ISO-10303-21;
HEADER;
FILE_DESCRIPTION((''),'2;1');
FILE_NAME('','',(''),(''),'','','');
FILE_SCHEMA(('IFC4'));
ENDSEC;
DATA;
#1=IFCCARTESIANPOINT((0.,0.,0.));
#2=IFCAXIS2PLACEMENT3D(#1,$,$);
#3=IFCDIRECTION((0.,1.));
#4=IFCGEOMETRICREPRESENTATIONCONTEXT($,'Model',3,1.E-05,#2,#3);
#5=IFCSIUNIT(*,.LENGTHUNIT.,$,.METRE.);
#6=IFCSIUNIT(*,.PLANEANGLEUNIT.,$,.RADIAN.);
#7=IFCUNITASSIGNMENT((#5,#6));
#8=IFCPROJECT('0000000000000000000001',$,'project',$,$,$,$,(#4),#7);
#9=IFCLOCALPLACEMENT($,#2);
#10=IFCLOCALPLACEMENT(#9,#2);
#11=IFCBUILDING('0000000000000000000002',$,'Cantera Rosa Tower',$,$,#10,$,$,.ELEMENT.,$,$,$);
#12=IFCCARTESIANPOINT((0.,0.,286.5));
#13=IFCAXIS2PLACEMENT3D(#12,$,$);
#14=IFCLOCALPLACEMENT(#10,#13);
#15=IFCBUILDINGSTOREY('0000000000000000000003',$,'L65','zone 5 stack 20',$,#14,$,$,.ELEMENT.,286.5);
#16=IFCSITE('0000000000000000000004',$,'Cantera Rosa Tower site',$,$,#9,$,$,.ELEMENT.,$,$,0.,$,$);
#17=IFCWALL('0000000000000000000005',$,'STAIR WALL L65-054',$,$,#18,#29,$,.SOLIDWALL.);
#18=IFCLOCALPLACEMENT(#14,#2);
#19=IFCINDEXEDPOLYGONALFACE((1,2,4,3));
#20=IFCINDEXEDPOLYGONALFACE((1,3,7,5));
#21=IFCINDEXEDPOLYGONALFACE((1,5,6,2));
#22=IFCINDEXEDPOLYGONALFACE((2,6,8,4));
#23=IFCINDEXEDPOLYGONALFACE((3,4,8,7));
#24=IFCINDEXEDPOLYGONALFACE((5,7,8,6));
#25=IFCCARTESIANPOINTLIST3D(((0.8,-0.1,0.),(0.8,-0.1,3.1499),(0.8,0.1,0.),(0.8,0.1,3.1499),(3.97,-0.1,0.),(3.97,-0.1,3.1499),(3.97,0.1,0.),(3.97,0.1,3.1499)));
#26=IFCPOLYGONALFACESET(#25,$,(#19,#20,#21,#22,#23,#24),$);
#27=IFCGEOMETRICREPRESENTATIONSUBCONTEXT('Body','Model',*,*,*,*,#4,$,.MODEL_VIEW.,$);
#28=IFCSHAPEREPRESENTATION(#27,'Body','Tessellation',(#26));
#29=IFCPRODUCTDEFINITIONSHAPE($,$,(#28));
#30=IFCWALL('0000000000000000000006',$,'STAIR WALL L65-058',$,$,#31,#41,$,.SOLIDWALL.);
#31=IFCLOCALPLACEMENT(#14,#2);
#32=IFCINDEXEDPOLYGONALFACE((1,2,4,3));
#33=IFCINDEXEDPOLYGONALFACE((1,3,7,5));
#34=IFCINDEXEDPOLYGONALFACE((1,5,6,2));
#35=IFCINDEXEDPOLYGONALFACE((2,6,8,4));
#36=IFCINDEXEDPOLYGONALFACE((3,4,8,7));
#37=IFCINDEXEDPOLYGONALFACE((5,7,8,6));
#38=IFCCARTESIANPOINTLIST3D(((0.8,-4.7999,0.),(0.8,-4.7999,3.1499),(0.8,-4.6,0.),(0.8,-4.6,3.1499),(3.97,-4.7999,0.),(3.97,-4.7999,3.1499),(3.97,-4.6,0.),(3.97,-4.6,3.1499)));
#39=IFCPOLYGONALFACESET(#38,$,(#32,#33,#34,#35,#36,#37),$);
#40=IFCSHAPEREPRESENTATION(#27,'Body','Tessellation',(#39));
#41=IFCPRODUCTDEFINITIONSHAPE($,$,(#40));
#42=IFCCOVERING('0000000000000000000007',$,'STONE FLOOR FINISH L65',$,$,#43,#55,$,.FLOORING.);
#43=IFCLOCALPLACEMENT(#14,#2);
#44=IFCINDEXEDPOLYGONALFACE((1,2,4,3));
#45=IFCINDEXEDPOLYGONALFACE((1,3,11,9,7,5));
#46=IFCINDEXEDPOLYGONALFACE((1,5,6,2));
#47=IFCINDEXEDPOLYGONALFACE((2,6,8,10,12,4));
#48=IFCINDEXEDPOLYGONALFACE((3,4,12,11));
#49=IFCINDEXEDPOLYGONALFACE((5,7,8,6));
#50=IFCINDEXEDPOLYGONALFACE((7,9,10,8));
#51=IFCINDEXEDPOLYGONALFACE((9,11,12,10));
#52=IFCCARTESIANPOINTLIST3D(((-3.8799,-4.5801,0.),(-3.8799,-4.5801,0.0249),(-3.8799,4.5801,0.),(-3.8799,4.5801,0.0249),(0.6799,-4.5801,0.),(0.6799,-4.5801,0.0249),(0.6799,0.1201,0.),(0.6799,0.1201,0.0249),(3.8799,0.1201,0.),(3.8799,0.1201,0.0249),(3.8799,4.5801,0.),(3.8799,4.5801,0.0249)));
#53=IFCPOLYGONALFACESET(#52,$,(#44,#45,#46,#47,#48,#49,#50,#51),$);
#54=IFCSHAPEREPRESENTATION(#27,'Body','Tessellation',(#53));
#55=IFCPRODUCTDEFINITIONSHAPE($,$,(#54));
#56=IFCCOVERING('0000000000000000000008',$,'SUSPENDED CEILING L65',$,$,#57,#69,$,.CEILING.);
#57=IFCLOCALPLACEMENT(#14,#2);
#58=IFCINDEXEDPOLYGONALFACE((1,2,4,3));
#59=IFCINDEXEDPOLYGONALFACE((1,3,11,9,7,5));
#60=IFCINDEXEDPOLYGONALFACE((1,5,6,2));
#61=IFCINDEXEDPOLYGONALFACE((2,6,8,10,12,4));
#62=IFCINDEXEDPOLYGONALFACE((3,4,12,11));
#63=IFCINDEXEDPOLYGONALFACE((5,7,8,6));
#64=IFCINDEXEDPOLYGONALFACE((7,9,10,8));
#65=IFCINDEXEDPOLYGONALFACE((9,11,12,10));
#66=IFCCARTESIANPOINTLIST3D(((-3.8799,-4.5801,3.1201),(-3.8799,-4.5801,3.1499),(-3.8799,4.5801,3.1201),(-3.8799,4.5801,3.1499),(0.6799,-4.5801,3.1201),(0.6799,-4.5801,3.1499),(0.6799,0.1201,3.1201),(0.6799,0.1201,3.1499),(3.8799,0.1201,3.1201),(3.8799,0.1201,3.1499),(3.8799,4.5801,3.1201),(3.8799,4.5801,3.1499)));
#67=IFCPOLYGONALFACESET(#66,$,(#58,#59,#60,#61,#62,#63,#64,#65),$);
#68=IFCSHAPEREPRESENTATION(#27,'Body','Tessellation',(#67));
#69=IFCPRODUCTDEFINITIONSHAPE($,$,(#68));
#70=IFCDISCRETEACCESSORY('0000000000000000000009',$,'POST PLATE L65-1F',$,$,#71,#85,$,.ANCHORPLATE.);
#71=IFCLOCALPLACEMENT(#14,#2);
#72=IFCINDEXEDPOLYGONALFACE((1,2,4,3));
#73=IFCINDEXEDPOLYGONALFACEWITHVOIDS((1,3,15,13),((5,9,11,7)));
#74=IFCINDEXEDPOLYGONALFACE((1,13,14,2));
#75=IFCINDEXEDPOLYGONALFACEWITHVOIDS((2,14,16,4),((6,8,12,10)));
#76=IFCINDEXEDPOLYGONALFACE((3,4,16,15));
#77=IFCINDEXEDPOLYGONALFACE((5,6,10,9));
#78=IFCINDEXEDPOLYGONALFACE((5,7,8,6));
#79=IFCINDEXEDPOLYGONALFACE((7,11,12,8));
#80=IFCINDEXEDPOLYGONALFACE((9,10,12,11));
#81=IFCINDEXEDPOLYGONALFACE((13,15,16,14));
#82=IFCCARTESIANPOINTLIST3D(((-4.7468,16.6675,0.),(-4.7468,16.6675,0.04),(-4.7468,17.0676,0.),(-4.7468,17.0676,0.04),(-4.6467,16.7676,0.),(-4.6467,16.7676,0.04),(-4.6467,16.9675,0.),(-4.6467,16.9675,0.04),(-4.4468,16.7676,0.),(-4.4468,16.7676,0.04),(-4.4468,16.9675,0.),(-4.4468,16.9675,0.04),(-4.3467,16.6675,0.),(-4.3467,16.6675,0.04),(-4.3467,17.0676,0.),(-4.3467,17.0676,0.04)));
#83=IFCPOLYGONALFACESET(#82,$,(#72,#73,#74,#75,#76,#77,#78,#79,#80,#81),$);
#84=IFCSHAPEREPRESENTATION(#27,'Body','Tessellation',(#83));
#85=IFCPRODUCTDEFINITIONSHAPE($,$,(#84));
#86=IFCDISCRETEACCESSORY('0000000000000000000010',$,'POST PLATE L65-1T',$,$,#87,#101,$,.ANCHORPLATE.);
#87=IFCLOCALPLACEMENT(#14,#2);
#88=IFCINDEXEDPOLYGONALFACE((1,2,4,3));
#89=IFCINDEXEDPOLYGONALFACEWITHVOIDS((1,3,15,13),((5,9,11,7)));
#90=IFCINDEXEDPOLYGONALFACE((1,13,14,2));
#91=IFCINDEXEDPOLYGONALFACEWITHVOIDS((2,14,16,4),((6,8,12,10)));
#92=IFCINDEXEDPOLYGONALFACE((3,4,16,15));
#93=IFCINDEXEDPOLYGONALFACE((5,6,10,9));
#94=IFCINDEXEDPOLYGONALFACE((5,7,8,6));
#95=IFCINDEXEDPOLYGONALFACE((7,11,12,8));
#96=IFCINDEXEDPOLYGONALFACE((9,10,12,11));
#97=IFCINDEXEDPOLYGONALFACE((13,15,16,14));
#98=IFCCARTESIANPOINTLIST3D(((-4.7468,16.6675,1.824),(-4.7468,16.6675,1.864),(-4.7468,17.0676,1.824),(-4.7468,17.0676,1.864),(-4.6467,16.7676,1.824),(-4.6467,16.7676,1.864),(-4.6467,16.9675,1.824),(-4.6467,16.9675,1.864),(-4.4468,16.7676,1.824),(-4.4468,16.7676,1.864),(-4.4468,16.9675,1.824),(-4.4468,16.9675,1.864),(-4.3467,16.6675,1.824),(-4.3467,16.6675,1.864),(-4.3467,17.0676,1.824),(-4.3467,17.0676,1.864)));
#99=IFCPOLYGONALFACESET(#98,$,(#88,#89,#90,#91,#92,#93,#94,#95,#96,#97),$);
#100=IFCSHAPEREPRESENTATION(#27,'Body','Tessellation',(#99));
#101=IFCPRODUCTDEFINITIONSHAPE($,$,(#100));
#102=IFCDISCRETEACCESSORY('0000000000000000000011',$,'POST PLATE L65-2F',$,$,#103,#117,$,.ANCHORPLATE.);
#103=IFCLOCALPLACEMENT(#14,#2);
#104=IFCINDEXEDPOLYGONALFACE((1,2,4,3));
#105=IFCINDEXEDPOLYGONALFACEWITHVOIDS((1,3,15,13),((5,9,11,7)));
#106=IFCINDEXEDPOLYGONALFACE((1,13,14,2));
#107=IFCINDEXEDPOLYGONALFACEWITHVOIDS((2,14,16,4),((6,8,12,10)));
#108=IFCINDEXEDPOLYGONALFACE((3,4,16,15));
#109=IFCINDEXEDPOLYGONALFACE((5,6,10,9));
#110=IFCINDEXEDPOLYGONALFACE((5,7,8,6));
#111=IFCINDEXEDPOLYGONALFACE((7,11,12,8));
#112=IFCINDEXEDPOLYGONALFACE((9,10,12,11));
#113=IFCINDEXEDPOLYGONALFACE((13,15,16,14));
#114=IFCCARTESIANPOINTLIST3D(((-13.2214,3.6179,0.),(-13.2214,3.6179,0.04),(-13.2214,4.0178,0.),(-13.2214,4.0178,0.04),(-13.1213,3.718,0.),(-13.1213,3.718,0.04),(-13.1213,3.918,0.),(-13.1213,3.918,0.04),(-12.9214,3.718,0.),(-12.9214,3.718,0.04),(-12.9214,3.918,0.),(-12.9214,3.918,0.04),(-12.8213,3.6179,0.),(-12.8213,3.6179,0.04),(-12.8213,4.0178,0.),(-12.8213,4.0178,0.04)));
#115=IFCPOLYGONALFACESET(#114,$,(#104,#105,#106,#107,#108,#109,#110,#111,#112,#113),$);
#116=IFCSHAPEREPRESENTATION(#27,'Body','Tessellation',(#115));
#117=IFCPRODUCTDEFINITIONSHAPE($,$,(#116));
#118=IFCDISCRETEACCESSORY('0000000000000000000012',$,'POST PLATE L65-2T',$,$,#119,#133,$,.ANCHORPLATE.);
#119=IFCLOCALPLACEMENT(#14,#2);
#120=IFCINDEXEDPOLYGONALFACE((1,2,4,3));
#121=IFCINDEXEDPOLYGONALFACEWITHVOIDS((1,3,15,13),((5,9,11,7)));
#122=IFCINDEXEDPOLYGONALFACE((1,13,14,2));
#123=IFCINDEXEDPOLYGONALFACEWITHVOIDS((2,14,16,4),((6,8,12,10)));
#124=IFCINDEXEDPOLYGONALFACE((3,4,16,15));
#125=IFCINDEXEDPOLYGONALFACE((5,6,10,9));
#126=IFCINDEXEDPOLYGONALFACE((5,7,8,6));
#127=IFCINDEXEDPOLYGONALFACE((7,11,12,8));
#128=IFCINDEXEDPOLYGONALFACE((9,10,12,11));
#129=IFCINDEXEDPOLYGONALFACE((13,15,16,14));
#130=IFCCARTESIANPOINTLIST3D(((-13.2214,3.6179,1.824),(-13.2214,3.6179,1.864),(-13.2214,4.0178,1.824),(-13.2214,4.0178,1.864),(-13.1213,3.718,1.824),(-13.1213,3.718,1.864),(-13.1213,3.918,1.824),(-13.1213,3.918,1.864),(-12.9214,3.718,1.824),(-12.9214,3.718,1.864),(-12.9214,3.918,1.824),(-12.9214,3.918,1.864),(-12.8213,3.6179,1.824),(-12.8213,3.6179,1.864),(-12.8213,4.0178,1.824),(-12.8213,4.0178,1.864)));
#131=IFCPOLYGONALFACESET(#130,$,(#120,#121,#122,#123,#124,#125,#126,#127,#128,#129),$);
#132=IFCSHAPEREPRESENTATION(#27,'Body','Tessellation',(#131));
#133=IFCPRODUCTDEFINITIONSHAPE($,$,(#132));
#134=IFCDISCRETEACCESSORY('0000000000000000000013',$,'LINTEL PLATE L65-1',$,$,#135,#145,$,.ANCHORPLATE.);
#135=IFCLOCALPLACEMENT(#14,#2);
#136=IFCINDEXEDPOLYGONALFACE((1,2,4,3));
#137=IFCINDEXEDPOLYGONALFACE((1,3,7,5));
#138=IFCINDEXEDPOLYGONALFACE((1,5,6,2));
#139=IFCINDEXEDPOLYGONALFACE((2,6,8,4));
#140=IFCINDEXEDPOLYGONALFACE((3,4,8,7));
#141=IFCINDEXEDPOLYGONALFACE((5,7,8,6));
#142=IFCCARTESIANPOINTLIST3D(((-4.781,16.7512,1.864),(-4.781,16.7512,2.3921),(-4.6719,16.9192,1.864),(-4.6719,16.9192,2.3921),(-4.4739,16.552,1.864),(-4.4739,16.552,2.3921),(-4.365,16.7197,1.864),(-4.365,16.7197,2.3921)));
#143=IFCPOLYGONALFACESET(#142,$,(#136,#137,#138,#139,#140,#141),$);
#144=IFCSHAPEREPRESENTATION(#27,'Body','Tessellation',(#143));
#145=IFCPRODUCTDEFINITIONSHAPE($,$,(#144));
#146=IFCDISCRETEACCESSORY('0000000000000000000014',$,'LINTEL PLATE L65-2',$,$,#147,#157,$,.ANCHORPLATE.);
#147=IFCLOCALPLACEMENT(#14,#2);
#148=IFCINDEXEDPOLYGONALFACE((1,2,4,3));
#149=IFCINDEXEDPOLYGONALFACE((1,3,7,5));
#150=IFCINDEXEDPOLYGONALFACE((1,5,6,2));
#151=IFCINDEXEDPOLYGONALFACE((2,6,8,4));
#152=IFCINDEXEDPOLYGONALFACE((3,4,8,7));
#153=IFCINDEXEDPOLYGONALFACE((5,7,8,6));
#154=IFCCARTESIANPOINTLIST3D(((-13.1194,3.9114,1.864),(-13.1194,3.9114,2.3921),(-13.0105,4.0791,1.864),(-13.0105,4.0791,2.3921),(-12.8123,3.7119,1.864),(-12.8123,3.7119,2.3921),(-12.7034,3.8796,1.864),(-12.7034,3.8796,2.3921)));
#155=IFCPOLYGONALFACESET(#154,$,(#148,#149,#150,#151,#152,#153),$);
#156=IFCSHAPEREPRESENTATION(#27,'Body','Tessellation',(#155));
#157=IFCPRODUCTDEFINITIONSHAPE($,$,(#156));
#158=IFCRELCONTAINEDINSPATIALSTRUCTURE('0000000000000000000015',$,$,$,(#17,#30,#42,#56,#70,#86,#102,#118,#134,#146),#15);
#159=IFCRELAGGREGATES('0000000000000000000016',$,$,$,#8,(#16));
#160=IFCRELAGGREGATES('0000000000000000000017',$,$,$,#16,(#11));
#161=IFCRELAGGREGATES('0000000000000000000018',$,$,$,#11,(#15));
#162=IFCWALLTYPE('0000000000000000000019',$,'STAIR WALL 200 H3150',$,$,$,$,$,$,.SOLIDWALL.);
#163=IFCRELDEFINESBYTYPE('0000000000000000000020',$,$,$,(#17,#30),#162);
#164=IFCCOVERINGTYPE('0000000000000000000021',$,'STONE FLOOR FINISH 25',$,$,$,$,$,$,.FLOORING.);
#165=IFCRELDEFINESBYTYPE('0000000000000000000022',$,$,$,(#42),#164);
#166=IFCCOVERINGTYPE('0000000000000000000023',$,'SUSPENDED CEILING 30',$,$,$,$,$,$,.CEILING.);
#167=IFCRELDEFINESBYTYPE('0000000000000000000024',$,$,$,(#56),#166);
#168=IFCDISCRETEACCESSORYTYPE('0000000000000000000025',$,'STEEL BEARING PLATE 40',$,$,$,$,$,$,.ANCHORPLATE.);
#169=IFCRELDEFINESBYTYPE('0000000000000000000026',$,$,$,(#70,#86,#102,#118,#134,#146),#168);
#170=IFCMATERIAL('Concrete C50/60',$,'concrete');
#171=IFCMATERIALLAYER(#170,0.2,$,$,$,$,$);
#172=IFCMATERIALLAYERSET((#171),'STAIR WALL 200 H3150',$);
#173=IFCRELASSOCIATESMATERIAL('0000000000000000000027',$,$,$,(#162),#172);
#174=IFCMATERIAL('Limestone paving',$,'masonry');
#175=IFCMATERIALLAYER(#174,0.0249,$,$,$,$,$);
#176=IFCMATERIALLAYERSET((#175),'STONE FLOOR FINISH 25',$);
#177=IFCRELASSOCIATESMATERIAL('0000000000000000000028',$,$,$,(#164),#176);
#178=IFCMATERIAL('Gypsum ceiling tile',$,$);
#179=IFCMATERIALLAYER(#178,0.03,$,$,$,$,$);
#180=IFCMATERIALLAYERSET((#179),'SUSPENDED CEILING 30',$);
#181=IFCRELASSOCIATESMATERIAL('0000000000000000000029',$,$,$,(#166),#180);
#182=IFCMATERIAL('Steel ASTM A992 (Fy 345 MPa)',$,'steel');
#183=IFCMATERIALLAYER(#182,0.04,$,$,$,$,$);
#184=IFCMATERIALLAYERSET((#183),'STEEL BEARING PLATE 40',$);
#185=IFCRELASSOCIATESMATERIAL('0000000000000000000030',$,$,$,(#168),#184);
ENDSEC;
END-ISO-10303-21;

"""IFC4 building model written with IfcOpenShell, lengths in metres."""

from ifc_helpers import new_model, si_unit, direction, frame, frame_2d, origin, place, context, subcontext, project, spatial, polyline, rectangle, outline, extrude, material, layer, layer_set, type_object, element, save


model = new_model("IFC4")

# Units and contexts
model_context = context("Model", 3, precision=1e-05, world=origin(), true_north=direction((0.0, 1.0)))
body_context = subcontext(model_context, "Body", "Model", "MODEL_VIEW")
ifc_project = project(units=[si_unit("LENGTHUNIT", "METRE"), si_unit("PLANEANGLEUNIT", "RADIAN")], contexts=[model_context])

# Site, building, storey
site_placement = place(None, origin())
site = spatial("IfcSite", under=ifc_project, at=site_placement, Name="Cantera Rosa Tower site", CompositionType="ELEMENT", RefElevation=0.0)
building_placement = place(site_placement, origin())
building = spatial("IfcBuilding", under=site, at=building_placement, Name="Cantera Rosa Tower", CompositionType="ELEMENT")
storey_placement = place(building_placement, frame((0.0, 0.0, 286.5)))
storey = spatial("IfcBuildingStorey", under=building, at=storey_placement, Name="L65", Description="zone 5 stack 20", CompositionType="ELEMENT", Elevation=286.5)

# Shared definitions
ifc_material_1 = material(Name="Concrete C50/60", Category="concrete")
ifc_layer_1 = layer(ifc_material_1, 0.2)
ifc_layer_set_1 = layer_set([ifc_layer_1], Name="STAIR WALL 200 H3150")
wall_type_1 = type_object("IfcWallType", Name="STAIR WALL 200 H3150", PredefinedType="SOLIDWALL", material=ifc_layer_set_1)

# Walls
for number, where, z_axis, x_axis, name in (
    (1, (0.8, 0.0, 0.0), (0.0, 0.0, 1.0), (1.0, 0.0, 0.0), "STAIR WALL L65-054"),
    (2, (3.97, -4.7, 0.0), (0.0, 0.0, 1.0), (-1.0, 0.0, 0.0), "STAIR WALL L65-058"),
):
    element("IfcWall", number, at=place(storey_placement, frame(where, z_axis=z_axis, x_axis=x_axis)), inside=storey, type_object=wall_type_1, Name=name, PredefinedType="SOLIDWALL", context=body_context, shape_type="SweptSolid", body=[
        extrude(rectangle(XDim=3.1699, YDim=0.2, at=frame_2d((1.585, 0.0))), origin(), (0.0, 0.0, 1.0), 3.1499),
    ])

# Coverings
ifc_material_2 = material(Name="Limestone paving", Category="masonry")
ifc_layer_2 = layer(ifc_material_2, 0.0249)
ifc_layer_set_2 = layer_set([ifc_layer_2], Name="STONE FLOOR FINISH 25")
covering_type_1 = type_object("IfcCoveringType", Name="STONE FLOOR FINISH 25", PredefinedType="FLOORING", material=ifc_layer_set_2)
covering_1_placement = place(storey_placement, origin())
element("IfcCovering", 3, at=covering_1_placement, inside=storey, type_object=covering_type_1, Name="STONE FLOOR FINISH L65", PredefinedType="FLOORING", context=body_context, shape_type="SweptSolid", body=[
    extrude(outline(polyline([(3.8799, 4.5801), (3.8799, 0.1201), (0.6799, 0.1201), (0.6799, -4.5801), (-3.8799, -4.5801), (-3.8799, 4.5801), (3.8799, 4.5801)])), origin(), (0.0, 0.0, 1.0), 0.0249),
])
ifc_material_3 = material(Name="Gypsum ceiling tile")
ifc_layer_3 = layer(ifc_material_3, 0.03)
ifc_layer_set_3 = layer_set([ifc_layer_3], Name="SUSPENDED CEILING 30")
covering_type_2 = type_object("IfcCoveringType", Name="SUSPENDED CEILING 30", PredefinedType="CEILING", material=ifc_layer_set_3)
covering_2_placement = place(storey_placement, frame((0.0, 0.0, 3.1201)))
element("IfcCovering", 4, at=covering_2_placement, inside=storey, type_object=covering_type_2, Name="SUSPENDED CEILING L65", PredefinedType="CEILING", context=body_context, shape_type="SweptSolid", body=[
    extrude(outline(polyline([(3.8799, 4.5801), (3.8799, 0.1201), (0.6799, 0.1201), (0.6799, -4.5801), (-3.8799, -4.5801), (-3.8799, 4.5801), (3.8799, 4.5801)])), origin(), (0.0, 0.0, 1.0), 0.0298),
])

# Discrete accessories
ifc_material_4 = material(Name="Steel ASTM A992 (Fy 345 MPa)", Category="steel")
ifc_layer_4 = layer(ifc_material_4, 0.04)
ifc_layer_set_4 = layer_set([ifc_layer_4], Name="STEEL BEARING PLATE 40")
discrete_accessory_type = type_object("IfcDiscreteAccessoryType", Name="STEEL BEARING PLATE 40", PredefinedType="ANCHORPLATE", material=ifc_layer_set_4)
for number, where, name in (
    (5, (0.0, 0.0, 0.0), "POST PLATE L65-1F"),
    (6, (0.0, 0.0, 1.824), "POST PLATE L65-1T"),
):
    element("IfcDiscreteAccessory", number, at=place(storey_placement, frame(where)), inside=storey, type_object=discrete_accessory_type, Name=name, PredefinedType="ANCHORPLATE", context=body_context, shape_type="SweptSolid", body=[
        extrude(outline(polyline([(-4.7468, 16.6675), (-4.3467, 16.6675), (-4.3467, 17.0676), (-4.7468, 17.0676), (-4.7468, 16.6675)]), holes=[polyline([(-4.6467, 16.7676), (-4.4468, 16.7676), (-4.4468, 16.9675), (-4.6467, 16.9675), (-4.6467, 16.7676)])]), origin(), (0.0, 0.0, 1.0), 0.04),
    ])
for number, where, name in (
    (7, (0.0, 0.0, 0.0), "POST PLATE L65-2F"),
    (8, (0.0, 0.0, 1.824), "POST PLATE L65-2T"),
):
    element("IfcDiscreteAccessory", number, at=place(storey_placement, frame(where)), inside=storey, type_object=discrete_accessory_type, Name=name, PredefinedType="ANCHORPLATE", context=body_context, shape_type="SweptSolid", body=[
        extrude(outline(polyline([(-13.2214, 3.6179), (-12.8213, 3.6179), (-12.8213, 4.0178), (-13.2214, 4.0178), (-13.2214, 3.6179)]), holes=[polyline([(-13.1213, 3.718), (-12.9214, 3.718), (-12.9214, 3.918), (-13.1213, 3.918), (-13.1213, 3.718)])]), origin(), (0.0, 0.0, 1.0), 0.04),
    ])
discrete_accessory_1_placement = place(storey_placement, frame((0.0, 0.0, 1.864)))
element("IfcDiscreteAccessory", 9, at=discrete_accessory_1_placement, inside=storey, type_object=discrete_accessory_type, Name="LINTEL PLATE L65-1", PredefinedType="ANCHORPLATE", context=body_context, shape_type="SweptSolid", body=[
    extrude(outline(polyline([(-4.4739, 16.552), (-4.365, 16.7197), (-4.6719, 16.9192), (-4.781, 16.7512), (-4.4739, 16.552)])), origin(), (0.0, 0.0, 1.0), 0.5281),
])
discrete_accessory_2_placement = place(storey_placement, frame((0.0, 0.0, 1.864)))
element("IfcDiscreteAccessory", 10, at=discrete_accessory_2_placement, inside=storey, type_object=discrete_accessory_type, Name="LINTEL PLATE L65-2", PredefinedType="ANCHORPLATE", context=body_context, shape_type="SweptSolid", body=[
    extrude(outline(polyline([(-13.0105, 4.0791), (-13.1194, 3.9114), (-12.8123, 3.7119), (-12.7034, 3.8796), (-13.0105, 4.0791)])), origin(), (0.0, 0.0, 1.0), 0.5281),
])

save(model, "model.ifc")
